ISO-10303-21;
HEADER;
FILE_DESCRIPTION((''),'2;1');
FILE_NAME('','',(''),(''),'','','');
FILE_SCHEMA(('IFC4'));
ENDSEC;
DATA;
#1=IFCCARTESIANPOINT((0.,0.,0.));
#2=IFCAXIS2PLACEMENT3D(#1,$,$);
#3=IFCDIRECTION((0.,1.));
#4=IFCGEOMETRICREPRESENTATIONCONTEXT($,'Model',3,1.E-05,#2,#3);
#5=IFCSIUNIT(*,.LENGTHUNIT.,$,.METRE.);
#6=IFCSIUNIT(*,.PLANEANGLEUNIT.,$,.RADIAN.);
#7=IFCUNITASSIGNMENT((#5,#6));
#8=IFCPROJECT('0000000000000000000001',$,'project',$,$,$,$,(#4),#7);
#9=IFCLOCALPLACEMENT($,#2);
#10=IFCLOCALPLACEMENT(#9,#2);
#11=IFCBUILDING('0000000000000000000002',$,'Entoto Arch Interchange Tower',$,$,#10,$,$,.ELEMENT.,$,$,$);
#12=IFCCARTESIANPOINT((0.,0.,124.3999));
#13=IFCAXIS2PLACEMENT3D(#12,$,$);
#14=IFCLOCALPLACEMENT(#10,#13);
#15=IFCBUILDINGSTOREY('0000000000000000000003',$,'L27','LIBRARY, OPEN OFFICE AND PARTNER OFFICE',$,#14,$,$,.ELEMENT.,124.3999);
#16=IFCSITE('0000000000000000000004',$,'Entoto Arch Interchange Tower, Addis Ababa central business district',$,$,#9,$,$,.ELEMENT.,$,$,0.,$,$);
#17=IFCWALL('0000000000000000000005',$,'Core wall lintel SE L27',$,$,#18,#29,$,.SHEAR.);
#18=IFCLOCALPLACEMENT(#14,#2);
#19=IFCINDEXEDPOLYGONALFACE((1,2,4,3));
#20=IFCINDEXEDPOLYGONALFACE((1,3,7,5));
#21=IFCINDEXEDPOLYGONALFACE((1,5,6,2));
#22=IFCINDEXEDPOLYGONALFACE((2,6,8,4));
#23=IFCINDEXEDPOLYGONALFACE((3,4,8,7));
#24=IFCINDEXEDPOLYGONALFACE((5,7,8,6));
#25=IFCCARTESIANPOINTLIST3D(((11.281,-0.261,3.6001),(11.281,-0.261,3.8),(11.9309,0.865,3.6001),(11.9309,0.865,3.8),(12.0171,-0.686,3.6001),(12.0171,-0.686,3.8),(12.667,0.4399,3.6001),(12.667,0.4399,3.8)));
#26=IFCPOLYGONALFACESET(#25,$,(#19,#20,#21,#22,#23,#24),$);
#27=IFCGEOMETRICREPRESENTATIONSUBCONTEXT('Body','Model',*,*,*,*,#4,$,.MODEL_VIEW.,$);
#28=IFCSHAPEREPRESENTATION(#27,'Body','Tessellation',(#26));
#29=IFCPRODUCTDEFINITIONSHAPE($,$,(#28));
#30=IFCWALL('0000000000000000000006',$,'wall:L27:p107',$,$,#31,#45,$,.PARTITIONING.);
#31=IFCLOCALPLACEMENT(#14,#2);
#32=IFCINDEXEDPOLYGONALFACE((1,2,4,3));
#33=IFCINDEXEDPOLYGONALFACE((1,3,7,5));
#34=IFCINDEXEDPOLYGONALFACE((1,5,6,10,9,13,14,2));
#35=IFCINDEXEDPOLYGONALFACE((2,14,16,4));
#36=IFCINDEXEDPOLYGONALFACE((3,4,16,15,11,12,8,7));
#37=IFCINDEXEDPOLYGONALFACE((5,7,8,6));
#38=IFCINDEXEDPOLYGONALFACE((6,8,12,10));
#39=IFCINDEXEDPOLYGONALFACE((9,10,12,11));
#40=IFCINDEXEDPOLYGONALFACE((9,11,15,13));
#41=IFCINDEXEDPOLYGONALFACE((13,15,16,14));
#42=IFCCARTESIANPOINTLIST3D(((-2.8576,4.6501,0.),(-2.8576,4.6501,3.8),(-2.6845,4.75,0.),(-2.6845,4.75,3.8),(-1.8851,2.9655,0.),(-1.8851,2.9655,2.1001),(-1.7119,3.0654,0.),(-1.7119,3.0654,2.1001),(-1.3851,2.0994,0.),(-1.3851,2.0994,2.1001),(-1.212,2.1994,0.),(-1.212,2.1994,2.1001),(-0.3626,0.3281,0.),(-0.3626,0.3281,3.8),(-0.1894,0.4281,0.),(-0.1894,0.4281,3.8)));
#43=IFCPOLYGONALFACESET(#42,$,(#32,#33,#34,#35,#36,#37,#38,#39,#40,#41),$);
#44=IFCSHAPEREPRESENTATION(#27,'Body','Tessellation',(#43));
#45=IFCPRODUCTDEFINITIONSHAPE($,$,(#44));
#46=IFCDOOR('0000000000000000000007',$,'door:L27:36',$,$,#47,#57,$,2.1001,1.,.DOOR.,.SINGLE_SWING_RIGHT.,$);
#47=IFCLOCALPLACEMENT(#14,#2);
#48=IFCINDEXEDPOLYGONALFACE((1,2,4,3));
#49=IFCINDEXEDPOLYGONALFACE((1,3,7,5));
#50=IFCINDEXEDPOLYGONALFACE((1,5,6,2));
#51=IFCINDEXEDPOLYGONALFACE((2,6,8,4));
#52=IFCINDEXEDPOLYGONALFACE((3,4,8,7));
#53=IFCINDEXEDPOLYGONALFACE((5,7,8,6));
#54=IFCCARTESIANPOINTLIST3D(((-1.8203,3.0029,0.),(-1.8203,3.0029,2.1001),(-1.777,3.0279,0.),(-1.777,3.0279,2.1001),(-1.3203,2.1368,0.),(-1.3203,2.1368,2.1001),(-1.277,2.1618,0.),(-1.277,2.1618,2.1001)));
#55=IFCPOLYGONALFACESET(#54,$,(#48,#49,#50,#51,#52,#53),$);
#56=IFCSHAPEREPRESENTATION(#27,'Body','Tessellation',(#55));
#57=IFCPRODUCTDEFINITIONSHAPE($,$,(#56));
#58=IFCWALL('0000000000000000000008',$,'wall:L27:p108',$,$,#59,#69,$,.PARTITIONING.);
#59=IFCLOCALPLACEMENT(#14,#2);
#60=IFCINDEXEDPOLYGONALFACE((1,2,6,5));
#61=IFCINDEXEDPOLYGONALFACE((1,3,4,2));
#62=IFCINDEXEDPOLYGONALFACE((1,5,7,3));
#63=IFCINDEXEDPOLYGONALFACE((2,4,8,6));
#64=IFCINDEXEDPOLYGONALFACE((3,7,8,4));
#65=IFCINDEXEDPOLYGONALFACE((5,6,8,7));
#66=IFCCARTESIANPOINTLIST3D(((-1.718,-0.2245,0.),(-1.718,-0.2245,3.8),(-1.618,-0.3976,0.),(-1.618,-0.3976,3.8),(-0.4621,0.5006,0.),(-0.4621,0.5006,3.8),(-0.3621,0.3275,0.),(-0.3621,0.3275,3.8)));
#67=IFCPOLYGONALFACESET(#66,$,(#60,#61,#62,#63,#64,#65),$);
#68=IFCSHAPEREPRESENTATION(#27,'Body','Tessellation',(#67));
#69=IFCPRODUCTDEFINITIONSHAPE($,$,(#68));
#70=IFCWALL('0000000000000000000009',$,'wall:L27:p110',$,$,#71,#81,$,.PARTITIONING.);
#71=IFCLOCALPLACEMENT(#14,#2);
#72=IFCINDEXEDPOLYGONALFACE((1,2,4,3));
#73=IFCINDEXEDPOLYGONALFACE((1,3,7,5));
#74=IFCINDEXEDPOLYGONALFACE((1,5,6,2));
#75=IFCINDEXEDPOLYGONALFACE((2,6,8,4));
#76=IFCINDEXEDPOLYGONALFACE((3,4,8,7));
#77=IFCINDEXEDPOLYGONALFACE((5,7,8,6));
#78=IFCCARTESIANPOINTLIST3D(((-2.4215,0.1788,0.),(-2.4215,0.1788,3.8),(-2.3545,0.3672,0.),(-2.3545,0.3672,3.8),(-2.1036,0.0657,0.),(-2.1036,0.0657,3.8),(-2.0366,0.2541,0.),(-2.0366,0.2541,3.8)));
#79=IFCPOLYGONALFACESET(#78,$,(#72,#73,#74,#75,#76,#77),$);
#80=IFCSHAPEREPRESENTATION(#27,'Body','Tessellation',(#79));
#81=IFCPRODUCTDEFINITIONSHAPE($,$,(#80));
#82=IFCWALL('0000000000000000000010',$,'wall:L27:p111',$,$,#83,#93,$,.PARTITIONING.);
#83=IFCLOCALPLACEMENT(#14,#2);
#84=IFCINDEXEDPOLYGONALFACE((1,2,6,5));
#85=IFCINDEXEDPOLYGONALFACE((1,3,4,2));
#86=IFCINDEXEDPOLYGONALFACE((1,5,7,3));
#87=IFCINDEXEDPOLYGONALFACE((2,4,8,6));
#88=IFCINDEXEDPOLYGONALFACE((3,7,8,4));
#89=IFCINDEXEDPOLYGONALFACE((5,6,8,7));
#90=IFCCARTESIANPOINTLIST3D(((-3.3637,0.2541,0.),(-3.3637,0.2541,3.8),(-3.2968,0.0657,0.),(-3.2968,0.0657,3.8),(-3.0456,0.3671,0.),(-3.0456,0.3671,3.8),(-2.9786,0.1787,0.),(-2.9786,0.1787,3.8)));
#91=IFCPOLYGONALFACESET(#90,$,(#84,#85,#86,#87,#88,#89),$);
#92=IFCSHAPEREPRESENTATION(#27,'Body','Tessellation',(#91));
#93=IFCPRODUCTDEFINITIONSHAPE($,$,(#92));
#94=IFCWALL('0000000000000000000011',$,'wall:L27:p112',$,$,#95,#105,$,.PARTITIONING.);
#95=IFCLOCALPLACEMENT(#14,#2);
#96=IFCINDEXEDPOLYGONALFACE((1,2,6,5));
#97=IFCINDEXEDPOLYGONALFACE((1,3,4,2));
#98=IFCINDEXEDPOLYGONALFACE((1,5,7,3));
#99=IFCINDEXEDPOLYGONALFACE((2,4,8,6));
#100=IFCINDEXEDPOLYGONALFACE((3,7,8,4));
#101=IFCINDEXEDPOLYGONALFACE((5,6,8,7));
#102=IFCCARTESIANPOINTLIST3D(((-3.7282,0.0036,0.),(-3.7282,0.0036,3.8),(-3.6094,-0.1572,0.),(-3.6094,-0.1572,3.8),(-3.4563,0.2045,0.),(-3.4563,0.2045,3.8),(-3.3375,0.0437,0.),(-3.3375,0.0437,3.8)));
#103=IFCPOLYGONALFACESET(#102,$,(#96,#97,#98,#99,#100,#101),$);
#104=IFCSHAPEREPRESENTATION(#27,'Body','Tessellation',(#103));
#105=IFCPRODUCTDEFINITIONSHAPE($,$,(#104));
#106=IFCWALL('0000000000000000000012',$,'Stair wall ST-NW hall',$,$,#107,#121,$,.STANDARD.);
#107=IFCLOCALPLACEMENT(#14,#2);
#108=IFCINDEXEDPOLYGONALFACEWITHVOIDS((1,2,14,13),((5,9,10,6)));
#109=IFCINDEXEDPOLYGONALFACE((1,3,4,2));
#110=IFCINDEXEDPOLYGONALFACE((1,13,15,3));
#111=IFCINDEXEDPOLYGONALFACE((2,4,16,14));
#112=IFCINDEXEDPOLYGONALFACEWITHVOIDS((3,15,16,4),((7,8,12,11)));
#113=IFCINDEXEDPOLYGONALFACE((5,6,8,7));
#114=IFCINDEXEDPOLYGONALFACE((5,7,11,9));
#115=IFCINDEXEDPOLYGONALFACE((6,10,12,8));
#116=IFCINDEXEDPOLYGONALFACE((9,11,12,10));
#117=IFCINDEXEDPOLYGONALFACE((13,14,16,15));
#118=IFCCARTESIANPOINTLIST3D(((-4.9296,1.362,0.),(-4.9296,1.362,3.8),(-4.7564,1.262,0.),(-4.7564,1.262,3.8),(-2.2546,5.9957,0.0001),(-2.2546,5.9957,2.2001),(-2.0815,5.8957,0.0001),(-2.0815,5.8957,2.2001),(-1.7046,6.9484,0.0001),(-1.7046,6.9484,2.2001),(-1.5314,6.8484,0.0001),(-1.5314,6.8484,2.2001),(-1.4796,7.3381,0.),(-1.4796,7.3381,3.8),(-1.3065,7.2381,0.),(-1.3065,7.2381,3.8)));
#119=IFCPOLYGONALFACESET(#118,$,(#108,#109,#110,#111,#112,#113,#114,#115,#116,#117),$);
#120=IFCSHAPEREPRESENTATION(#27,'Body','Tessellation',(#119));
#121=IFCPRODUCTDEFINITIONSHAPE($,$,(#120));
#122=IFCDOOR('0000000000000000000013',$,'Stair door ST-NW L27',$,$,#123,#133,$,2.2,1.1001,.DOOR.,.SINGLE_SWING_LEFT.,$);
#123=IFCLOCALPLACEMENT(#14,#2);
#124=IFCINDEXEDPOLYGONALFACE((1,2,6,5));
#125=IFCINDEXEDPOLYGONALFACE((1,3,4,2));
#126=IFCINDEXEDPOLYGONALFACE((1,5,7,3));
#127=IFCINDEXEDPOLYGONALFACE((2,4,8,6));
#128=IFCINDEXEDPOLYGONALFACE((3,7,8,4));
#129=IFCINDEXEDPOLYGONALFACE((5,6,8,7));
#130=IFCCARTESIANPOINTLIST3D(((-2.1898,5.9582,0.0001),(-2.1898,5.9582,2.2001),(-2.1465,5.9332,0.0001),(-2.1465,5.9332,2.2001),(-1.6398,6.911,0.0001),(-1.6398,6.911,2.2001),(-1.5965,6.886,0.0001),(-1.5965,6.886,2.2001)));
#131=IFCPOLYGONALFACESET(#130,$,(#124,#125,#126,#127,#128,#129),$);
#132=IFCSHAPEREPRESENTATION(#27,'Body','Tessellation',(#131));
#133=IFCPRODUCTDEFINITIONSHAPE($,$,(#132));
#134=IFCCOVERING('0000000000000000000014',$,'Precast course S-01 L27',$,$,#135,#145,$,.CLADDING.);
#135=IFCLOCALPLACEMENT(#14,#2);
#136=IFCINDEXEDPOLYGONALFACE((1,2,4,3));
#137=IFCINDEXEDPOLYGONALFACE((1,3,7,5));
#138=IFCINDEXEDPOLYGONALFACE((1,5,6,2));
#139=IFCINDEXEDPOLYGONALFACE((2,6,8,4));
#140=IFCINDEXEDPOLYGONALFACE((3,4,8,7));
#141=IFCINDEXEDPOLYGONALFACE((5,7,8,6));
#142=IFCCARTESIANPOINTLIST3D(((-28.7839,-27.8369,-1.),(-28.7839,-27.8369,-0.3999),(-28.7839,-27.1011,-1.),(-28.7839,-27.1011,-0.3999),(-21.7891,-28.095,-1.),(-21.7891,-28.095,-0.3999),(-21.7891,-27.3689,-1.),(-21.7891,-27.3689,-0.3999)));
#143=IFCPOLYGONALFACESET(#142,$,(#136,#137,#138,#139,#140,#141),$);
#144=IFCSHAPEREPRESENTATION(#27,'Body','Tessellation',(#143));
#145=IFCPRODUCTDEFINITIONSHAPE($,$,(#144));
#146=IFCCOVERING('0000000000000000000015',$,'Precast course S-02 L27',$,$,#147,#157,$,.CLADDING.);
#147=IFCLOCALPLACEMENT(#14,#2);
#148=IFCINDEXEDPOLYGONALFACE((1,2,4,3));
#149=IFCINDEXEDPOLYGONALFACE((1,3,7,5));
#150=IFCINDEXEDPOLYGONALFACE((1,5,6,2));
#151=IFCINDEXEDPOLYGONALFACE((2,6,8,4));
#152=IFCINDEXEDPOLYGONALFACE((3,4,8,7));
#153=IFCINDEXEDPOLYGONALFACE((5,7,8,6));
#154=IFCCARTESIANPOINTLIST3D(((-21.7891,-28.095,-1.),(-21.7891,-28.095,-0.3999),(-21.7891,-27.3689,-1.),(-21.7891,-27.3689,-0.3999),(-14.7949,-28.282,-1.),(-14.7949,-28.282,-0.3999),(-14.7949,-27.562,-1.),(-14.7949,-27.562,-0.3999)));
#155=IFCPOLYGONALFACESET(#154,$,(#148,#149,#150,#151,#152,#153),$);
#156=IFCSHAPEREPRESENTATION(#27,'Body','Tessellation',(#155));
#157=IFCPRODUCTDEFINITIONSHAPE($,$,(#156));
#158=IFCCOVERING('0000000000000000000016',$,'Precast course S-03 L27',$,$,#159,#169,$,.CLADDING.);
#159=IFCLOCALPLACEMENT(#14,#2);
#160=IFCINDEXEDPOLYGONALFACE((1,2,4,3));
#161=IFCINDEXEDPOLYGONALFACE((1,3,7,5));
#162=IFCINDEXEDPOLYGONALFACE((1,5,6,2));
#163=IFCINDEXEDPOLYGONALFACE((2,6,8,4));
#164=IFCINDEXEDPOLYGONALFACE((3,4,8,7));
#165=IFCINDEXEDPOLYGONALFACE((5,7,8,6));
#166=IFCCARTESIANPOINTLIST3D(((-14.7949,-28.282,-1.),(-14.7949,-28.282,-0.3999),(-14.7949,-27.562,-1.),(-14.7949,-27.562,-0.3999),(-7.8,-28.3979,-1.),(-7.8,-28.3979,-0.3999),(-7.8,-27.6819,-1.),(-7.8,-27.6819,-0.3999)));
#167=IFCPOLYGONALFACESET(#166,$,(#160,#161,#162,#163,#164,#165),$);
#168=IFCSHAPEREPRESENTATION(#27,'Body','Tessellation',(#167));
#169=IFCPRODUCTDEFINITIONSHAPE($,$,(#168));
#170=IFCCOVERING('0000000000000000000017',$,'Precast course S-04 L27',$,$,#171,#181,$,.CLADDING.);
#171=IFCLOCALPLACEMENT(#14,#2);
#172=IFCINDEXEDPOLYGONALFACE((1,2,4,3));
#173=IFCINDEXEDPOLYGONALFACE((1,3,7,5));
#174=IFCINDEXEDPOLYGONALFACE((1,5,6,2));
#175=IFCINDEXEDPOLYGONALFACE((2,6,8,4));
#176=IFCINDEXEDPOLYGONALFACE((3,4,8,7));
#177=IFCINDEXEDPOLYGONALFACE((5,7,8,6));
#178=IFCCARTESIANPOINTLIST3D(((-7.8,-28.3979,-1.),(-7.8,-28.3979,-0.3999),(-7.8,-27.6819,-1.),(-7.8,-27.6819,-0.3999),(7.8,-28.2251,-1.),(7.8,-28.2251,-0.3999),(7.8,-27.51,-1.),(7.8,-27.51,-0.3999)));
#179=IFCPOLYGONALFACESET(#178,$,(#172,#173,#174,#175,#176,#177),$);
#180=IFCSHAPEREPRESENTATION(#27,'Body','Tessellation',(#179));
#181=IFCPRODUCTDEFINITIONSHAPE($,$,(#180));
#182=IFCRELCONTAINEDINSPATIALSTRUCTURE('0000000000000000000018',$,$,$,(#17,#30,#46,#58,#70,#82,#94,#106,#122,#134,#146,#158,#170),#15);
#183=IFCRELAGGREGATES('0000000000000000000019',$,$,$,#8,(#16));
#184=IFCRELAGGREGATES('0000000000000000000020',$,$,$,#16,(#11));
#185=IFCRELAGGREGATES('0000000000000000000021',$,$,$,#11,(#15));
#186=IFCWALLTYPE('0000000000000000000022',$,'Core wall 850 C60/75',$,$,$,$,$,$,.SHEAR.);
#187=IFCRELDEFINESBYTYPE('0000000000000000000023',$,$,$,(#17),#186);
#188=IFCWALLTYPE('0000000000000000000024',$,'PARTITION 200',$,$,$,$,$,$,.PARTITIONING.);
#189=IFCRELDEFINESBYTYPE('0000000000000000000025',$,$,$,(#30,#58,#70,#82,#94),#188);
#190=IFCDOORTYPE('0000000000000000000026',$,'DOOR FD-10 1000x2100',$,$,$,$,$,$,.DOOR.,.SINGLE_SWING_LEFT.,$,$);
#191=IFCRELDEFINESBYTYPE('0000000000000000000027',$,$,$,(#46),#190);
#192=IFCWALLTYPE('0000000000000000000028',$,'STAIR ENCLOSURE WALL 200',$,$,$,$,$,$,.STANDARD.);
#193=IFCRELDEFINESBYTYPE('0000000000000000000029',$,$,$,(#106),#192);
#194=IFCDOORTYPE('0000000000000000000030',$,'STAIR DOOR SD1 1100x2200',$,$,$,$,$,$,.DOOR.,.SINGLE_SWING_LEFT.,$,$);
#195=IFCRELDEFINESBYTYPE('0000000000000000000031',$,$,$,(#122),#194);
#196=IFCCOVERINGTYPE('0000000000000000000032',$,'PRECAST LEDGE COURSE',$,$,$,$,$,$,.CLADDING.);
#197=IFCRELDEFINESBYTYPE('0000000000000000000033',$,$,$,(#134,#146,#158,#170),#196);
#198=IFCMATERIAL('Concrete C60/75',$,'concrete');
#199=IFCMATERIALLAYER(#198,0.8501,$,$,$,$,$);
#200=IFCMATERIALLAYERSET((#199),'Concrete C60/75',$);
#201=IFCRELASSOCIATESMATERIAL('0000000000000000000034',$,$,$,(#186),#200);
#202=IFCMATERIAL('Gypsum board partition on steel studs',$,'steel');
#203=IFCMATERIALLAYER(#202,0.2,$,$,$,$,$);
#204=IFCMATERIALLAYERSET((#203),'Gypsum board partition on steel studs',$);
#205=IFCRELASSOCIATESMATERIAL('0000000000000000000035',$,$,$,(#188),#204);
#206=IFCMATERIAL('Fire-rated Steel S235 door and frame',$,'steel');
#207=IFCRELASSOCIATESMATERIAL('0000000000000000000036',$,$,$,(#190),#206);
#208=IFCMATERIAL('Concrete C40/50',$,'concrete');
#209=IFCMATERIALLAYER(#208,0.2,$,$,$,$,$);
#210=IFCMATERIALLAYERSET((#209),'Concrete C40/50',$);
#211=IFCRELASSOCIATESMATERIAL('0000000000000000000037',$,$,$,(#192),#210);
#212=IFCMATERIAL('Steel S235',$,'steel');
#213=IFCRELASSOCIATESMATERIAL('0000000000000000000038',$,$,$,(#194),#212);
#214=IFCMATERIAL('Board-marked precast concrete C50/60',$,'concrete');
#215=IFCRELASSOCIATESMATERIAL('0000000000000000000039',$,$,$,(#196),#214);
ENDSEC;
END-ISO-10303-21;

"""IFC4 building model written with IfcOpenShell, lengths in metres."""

from ifc_helpers import new_model, si_unit, direction, frame, frame_2d, origin, place, context, subcontext, project, spatial, polyline, rectangle, outline, extrude, material, layer, layer_set, type_object, element, fill, save


model = new_model("IFC4")

# Units and contexts
model_context = context("Model", 3, precision=1e-05, world=origin(), true_north=direction((0.0, 1.0)))
body_context = subcontext(model_context, "Body", "Model", "MODEL_VIEW")
ifc_project = project(units=[si_unit("LENGTHUNIT", "METRE"), si_unit("PLANEANGLEUNIT", "RADIAN")], contexts=[model_context])

# Site, building, storey
site_placement = place(None, origin())
site = spatial("IfcSite", under=ifc_project, at=site_placement, Name="Entoto Arch Interchange Tower, Addis Ababa central business district", CompositionType="ELEMENT", RefElevation=0.0)
building_placement = place(site_placement, origin())
building = spatial("IfcBuilding", under=site, at=building_placement, Name="Entoto Arch Interchange Tower", CompositionType="ELEMENT")
storey_placement = place(building_placement, frame((0.0, 0.0, 124.3999)))
storey = spatial("IfcBuildingStorey", under=building, at=storey_placement, Name="L27", Description="LIBRARY, OPEN OFFICE AND PARTNER OFFICE", CompositionType="ELEMENT", Elevation=124.3999)

# Wall
ifc_material_1 = material(Name="Concrete C60/75", Category="concrete")
ifc_layer_1 = layer(ifc_material_1, 0.8501)
ifc_layer_set_1 = layer_set([ifc_layer_1], Name="Concrete C60/75")
wall_type_1 = type_object("IfcWallType", Name="Core wall 850 C60/75", PredefinedType="SHEAR", material=ifc_layer_set_1)
wall_1_placement = place(storey_placement, frame((0.0, 0.0, 3.6001)))
element("IfcWall", 1, at=wall_1_placement, inside=storey, type_object=wall_type_1, Name="Core wall lintel SE L27", PredefinedType="SHEAR", context=body_context, shape_type="SweptSolid", body=[
    extrude(outline(polyline([(12.667, 0.4399), (11.9309, 0.865), (11.281, -0.261), (12.0171, -0.686), (12.667, 0.4399)])), origin(), (0.0, 0.0, 1.0), 0.2),
])

# Wall, opening, door
ifc_material_2 = material(Name="Gypsum board partition on steel studs", Category="steel")
ifc_layer_2 = layer(ifc_material_2, 0.2)
ifc_layer_set_2 = layer_set([ifc_layer_2], Name="Gypsum board partition on steel studs")
wall_type_2 = type_object("IfcWallType", Name="PARTITION 200", PredefinedType="PARTITIONING", material=ifc_layer_set_2)
wall_2_placement = place(storey_placement, frame((-2.771, 4.7, 0.0), z_axis=(0.0, 0.0, 1.0), x_axis=(0.499969, -0.866043, 0.0)))
wall_2 = element("IfcWall", 2, at=wall_2_placement, inside=storey, type_object=wall_type_2, Name="wall:L27:p107", PredefinedType="PARTITIONING", context=body_context, shape_type="SweptSolid", body=[
    extrude(rectangle(XDim=4.9905, YDim=0.2, at=frame_2d((2.4951, 0.0))), origin(), (0.0, 0.0, 1.0), 3.8),
])
opening_1_placement = place(wall_2_placement, frame((1.9451, 0.0, 0.0)))
opening_1 = element("IfcOpeningElement", 3, at=opening_1_placement, cuts=wall_2, PredefinedType="OPENING", context=body_context, shape_type="SweptSolid", body=[
    extrude(rectangle(XDim=1.0, YDim=2.1001, at=frame_2d((0.5, 1.05))), frame((0.0, 0.1099, 0.0), z_axis=(0.0, -1.0, 0.0), x_axis=(1.0, 0.0, 0.0)), (0.0, 0.0, 1.0), 0.22),
])
ifc_material_3 = material(Name="Fire-rated Steel S235 door and frame", Category="steel")
door_type_1 = type_object("IfcDoorType", Name="DOOR FD-10 1000x2100", OperationType="SINGLE_SWING_LEFT", PredefinedType="DOOR", material=ifc_material_3)
door_1_placement = place(opening_1_placement, origin())
door_1 = element("IfcDoor", 4, at=door_1_placement, inside=storey, type_object=door_type_1, Name="door:L27:36", OperationType="SINGLE_SWING_RIGHT", OverallHeight=2.1001, OverallWidth=1.0, PredefinedType="DOOR", context=body_context, shape_type="SweptSolid", body=[
    extrude(rectangle(XDim=1.0, YDim=2.1001, at=frame_2d((0.5, 1.05))), frame((0.0, 0.0249, 0.0), z_axis=(0.0, -1.0, 0.0), x_axis=(1.0, 0.0, 0.0)), (0.0, 0.0, 1.0), 0.05),
])
fill(opening_1, door_1)

# Walls
wall_3_placement = place(storey_placement, frame((-0.4121, 0.4141, 0.0), z_axis=(0.0, 0.0, 1.0), x_axis=(-0.866017, -0.500014, 0.0)))
element("IfcWall", 5, at=wall_3_placement, inside=storey, type_object=wall_type_2, Name="wall:L27:p108", PredefinedType="PARTITIONING", context=body_context, shape_type="SweptSolid", body=[
    extrude(rectangle(XDim=1.4502, YDim=0.2, at=frame_2d((0.7251, 0.0))), origin(), (0.0, 0.0, 1.0), 3.8),
])
wall_4_placement = place(storey_placement, frame((-2.0701, 0.1599, 0.0), z_axis=(0.0, 0.0, 1.0), x_axis=(-0.942199, 0.335052, 0.0)))
element("IfcWall", 6, at=wall_4_placement, inside=storey, type_object=wall_type_2, Name="wall:L27:p110", PredefinedType="PARTITIONING", context=body_context, shape_type="SweptSolid", body=[
    extrude(rectangle(XDim=0.3374, YDim=0.2, at=frame_2d((0.1687, 0.0))), origin(), (0.0, 0.0, 1.0), 3.8),
])
wall_5_placement = place(storey_placement, frame((-3.012, 0.2729, 0.0), z_axis=(0.0, 0.0, 1.0), x_axis=(-0.942281, -0.334824, 0.0)))
element("IfcWall", 7, at=wall_5_placement, inside=storey, type_object=wall_type_2, Name="wall:L27:p111", PredefinedType="PARTITIONING", context=body_context, shape_type="SweptSolid", body=[
    extrude(rectangle(XDim=0.3376, YDim=0.2, at=frame_2d((0.1689, 0.0))), origin(), (0.0, 0.0, 1.0), 3.8),
])
wall_6_placement = place(storey_placement, frame((-3.397, 0.124, 0.0), z_axis=(0.0, 0.0, 1.0), x_axis=(-0.804311, -0.594208, 0.0)))
element("IfcWall", 8, at=wall_6_placement, inside=storey, type_object=wall_type_2, Name="wall:L27:p112", PredefinedType="PARTITIONING", context=body_context, shape_type="SweptSolid", body=[
    extrude(rectangle(XDim=0.3381, YDim=0.2, at=frame_2d((0.1689, 0.0))), origin(), (0.0, 0.0, 1.0), 3.8),
])

# Wall, opening, door
ifc_material_4 = material(Name="Concrete C40/50", Category="concrete")
ifc_layer_3 = layer(ifc_material_4, 0.2)
ifc_layer_set_3 = layer_set([ifc_layer_3], Name="Concrete C40/50")
wall_type_3 = type_object("IfcWallType", Name="STAIR ENCLOSURE WALL 200", PredefinedType="STANDARD", material=ifc_layer_set_3)
wall_7_placement = place(storey_placement, frame((-1.3931, 7.2881, 0.0), z_axis=(0.0, 0.0, 1.0), x_axis=(-0.499963, -0.866047, 0.0)))
wall_7 = element("IfcWall", 9, at=wall_7_placement, inside=storey, type_object=wall_type_3, Name="Stair wall ST-NW hall", PredefinedType="STANDARD", context=body_context, shape_type="SweptSolid", body=[
    extrude(rectangle(XDim=6.9004, YDim=0.2, at=frame_2d((3.4502, 0.0))), origin(), (0.0, 0.0, 1.0), 3.8),
])
opening_2_placement = place(wall_7_placement, frame((0.45, 0.0, 0.0)))
opening_2 = element("IfcOpeningElement", 10, at=opening_2_placement, cuts=wall_7, PredefinedType="OPENING", context=body_context, shape_type="SweptSolid", body=[
    extrude(rectangle(XDim=1.1001, YDim=2.2, at=frame_2d((0.55, 1.1001))), frame((0.0, 0.1099, 0.0), z_axis=(0.0, -1.0, 0.0), x_axis=(1.0, 0.0, 0.0)), (0.0, 0.0, 1.0), 0.22),
])
ifc_material_5 = material(Name="Steel S235", Category="steel")
door_type_2 = type_object("IfcDoorType", Name="STAIR DOOR SD1 1100x2200", OperationType="SINGLE_SWING_LEFT", PredefinedType="DOOR", material=ifc_material_5)
door_2_placement = place(opening_2_placement, origin())
door_2 = element("IfcDoor", 11, at=door_2_placement, inside=storey, type_object=door_type_2, Name="Stair door ST-NW L27", OperationType="SINGLE_SWING_LEFT", OverallHeight=2.2, OverallWidth=1.1001, PredefinedType="DOOR", context=body_context, shape_type="SweptSolid", body=[
    extrude(rectangle(XDim=1.1001, YDim=2.2, at=frame_2d((0.55, 1.1001))), frame((0.0, 0.0249, 0.0), z_axis=(0.0, -1.0, 0.0), x_axis=(1.0, 0.0, 0.0)), (0.0, 0.0, 1.0), 0.05),
])
fill(opening_2, door_2)

# Coverings
ifc_material_6 = material(Name="Board-marked precast concrete C50/60", Category="concrete")
covering_type = type_object("IfcCoveringType", Name="PRECAST LEDGE COURSE", PredefinedType="CLADDING", material=ifc_material_6)
covering_1_placement = place(storey_placement, frame((0.0, 0.0, -1.0)))
element("IfcCovering", 12, at=covering_1_placement, inside=storey, type_object=covering_type, Name="Precast course S-01 L27", PredefinedType="CLADDING", context=body_context, shape_type="SweptSolid", body=[
    extrude(outline(polyline([(-21.7891, -27.3689), (-21.7891, -28.095), (-28.7839, -27.8369), (-28.7839, -27.1011), (-21.7891, -27.3689)])), origin(), (0.0, 0.0, 1.0), 0.6001),
])
covering_2_placement = place(storey_placement, frame((0.0, 0.0, -1.0)))
element("IfcCovering", 13, at=covering_2_placement, inside=storey, type_object=covering_type, Name="Precast course S-02 L27", PredefinedType="CLADDING", context=body_context, shape_type="SweptSolid", body=[
    extrude(outline(polyline([(-14.7949, -27.562), (-14.7949, -28.282), (-21.7891, -28.095), (-21.7891, -27.3689), (-14.7949, -27.562)])), origin(), (0.0, 0.0, 1.0), 0.6001),
])
covering_3_placement = place(storey_placement, frame((0.0, 0.0, -1.0)))
element("IfcCovering", 14, at=covering_3_placement, inside=storey, type_object=covering_type, Name="Precast course S-03 L27", PredefinedType="CLADDING", context=body_context, shape_type="SweptSolid", body=[
    extrude(outline(polyline([(-7.8, -27.6819), (-7.8, -28.3979), (-14.7949, -28.282), (-14.7949, -27.562), (-7.8, -27.6819)])), origin(), (0.0, 0.0, 1.0), 0.6001),
])
covering_4_placement = place(storey_placement, frame((0.0, 0.0, -1.0)))
element("IfcCovering", 15, at=covering_4_placement, inside=storey, type_object=covering_type, Name="Precast course S-04 L27", PredefinedType="CLADDING", context=body_context, shape_type="SweptSolid", body=[
    extrude(outline(polyline([(7.8, -27.51), (7.8, -28.2251), (-7.8, -28.3979), (-7.8, -27.6819), (7.8, -27.51)])), origin(), (0.0, 0.0, 1.0), 0.6001),
])

save(model, "model.ifc")
